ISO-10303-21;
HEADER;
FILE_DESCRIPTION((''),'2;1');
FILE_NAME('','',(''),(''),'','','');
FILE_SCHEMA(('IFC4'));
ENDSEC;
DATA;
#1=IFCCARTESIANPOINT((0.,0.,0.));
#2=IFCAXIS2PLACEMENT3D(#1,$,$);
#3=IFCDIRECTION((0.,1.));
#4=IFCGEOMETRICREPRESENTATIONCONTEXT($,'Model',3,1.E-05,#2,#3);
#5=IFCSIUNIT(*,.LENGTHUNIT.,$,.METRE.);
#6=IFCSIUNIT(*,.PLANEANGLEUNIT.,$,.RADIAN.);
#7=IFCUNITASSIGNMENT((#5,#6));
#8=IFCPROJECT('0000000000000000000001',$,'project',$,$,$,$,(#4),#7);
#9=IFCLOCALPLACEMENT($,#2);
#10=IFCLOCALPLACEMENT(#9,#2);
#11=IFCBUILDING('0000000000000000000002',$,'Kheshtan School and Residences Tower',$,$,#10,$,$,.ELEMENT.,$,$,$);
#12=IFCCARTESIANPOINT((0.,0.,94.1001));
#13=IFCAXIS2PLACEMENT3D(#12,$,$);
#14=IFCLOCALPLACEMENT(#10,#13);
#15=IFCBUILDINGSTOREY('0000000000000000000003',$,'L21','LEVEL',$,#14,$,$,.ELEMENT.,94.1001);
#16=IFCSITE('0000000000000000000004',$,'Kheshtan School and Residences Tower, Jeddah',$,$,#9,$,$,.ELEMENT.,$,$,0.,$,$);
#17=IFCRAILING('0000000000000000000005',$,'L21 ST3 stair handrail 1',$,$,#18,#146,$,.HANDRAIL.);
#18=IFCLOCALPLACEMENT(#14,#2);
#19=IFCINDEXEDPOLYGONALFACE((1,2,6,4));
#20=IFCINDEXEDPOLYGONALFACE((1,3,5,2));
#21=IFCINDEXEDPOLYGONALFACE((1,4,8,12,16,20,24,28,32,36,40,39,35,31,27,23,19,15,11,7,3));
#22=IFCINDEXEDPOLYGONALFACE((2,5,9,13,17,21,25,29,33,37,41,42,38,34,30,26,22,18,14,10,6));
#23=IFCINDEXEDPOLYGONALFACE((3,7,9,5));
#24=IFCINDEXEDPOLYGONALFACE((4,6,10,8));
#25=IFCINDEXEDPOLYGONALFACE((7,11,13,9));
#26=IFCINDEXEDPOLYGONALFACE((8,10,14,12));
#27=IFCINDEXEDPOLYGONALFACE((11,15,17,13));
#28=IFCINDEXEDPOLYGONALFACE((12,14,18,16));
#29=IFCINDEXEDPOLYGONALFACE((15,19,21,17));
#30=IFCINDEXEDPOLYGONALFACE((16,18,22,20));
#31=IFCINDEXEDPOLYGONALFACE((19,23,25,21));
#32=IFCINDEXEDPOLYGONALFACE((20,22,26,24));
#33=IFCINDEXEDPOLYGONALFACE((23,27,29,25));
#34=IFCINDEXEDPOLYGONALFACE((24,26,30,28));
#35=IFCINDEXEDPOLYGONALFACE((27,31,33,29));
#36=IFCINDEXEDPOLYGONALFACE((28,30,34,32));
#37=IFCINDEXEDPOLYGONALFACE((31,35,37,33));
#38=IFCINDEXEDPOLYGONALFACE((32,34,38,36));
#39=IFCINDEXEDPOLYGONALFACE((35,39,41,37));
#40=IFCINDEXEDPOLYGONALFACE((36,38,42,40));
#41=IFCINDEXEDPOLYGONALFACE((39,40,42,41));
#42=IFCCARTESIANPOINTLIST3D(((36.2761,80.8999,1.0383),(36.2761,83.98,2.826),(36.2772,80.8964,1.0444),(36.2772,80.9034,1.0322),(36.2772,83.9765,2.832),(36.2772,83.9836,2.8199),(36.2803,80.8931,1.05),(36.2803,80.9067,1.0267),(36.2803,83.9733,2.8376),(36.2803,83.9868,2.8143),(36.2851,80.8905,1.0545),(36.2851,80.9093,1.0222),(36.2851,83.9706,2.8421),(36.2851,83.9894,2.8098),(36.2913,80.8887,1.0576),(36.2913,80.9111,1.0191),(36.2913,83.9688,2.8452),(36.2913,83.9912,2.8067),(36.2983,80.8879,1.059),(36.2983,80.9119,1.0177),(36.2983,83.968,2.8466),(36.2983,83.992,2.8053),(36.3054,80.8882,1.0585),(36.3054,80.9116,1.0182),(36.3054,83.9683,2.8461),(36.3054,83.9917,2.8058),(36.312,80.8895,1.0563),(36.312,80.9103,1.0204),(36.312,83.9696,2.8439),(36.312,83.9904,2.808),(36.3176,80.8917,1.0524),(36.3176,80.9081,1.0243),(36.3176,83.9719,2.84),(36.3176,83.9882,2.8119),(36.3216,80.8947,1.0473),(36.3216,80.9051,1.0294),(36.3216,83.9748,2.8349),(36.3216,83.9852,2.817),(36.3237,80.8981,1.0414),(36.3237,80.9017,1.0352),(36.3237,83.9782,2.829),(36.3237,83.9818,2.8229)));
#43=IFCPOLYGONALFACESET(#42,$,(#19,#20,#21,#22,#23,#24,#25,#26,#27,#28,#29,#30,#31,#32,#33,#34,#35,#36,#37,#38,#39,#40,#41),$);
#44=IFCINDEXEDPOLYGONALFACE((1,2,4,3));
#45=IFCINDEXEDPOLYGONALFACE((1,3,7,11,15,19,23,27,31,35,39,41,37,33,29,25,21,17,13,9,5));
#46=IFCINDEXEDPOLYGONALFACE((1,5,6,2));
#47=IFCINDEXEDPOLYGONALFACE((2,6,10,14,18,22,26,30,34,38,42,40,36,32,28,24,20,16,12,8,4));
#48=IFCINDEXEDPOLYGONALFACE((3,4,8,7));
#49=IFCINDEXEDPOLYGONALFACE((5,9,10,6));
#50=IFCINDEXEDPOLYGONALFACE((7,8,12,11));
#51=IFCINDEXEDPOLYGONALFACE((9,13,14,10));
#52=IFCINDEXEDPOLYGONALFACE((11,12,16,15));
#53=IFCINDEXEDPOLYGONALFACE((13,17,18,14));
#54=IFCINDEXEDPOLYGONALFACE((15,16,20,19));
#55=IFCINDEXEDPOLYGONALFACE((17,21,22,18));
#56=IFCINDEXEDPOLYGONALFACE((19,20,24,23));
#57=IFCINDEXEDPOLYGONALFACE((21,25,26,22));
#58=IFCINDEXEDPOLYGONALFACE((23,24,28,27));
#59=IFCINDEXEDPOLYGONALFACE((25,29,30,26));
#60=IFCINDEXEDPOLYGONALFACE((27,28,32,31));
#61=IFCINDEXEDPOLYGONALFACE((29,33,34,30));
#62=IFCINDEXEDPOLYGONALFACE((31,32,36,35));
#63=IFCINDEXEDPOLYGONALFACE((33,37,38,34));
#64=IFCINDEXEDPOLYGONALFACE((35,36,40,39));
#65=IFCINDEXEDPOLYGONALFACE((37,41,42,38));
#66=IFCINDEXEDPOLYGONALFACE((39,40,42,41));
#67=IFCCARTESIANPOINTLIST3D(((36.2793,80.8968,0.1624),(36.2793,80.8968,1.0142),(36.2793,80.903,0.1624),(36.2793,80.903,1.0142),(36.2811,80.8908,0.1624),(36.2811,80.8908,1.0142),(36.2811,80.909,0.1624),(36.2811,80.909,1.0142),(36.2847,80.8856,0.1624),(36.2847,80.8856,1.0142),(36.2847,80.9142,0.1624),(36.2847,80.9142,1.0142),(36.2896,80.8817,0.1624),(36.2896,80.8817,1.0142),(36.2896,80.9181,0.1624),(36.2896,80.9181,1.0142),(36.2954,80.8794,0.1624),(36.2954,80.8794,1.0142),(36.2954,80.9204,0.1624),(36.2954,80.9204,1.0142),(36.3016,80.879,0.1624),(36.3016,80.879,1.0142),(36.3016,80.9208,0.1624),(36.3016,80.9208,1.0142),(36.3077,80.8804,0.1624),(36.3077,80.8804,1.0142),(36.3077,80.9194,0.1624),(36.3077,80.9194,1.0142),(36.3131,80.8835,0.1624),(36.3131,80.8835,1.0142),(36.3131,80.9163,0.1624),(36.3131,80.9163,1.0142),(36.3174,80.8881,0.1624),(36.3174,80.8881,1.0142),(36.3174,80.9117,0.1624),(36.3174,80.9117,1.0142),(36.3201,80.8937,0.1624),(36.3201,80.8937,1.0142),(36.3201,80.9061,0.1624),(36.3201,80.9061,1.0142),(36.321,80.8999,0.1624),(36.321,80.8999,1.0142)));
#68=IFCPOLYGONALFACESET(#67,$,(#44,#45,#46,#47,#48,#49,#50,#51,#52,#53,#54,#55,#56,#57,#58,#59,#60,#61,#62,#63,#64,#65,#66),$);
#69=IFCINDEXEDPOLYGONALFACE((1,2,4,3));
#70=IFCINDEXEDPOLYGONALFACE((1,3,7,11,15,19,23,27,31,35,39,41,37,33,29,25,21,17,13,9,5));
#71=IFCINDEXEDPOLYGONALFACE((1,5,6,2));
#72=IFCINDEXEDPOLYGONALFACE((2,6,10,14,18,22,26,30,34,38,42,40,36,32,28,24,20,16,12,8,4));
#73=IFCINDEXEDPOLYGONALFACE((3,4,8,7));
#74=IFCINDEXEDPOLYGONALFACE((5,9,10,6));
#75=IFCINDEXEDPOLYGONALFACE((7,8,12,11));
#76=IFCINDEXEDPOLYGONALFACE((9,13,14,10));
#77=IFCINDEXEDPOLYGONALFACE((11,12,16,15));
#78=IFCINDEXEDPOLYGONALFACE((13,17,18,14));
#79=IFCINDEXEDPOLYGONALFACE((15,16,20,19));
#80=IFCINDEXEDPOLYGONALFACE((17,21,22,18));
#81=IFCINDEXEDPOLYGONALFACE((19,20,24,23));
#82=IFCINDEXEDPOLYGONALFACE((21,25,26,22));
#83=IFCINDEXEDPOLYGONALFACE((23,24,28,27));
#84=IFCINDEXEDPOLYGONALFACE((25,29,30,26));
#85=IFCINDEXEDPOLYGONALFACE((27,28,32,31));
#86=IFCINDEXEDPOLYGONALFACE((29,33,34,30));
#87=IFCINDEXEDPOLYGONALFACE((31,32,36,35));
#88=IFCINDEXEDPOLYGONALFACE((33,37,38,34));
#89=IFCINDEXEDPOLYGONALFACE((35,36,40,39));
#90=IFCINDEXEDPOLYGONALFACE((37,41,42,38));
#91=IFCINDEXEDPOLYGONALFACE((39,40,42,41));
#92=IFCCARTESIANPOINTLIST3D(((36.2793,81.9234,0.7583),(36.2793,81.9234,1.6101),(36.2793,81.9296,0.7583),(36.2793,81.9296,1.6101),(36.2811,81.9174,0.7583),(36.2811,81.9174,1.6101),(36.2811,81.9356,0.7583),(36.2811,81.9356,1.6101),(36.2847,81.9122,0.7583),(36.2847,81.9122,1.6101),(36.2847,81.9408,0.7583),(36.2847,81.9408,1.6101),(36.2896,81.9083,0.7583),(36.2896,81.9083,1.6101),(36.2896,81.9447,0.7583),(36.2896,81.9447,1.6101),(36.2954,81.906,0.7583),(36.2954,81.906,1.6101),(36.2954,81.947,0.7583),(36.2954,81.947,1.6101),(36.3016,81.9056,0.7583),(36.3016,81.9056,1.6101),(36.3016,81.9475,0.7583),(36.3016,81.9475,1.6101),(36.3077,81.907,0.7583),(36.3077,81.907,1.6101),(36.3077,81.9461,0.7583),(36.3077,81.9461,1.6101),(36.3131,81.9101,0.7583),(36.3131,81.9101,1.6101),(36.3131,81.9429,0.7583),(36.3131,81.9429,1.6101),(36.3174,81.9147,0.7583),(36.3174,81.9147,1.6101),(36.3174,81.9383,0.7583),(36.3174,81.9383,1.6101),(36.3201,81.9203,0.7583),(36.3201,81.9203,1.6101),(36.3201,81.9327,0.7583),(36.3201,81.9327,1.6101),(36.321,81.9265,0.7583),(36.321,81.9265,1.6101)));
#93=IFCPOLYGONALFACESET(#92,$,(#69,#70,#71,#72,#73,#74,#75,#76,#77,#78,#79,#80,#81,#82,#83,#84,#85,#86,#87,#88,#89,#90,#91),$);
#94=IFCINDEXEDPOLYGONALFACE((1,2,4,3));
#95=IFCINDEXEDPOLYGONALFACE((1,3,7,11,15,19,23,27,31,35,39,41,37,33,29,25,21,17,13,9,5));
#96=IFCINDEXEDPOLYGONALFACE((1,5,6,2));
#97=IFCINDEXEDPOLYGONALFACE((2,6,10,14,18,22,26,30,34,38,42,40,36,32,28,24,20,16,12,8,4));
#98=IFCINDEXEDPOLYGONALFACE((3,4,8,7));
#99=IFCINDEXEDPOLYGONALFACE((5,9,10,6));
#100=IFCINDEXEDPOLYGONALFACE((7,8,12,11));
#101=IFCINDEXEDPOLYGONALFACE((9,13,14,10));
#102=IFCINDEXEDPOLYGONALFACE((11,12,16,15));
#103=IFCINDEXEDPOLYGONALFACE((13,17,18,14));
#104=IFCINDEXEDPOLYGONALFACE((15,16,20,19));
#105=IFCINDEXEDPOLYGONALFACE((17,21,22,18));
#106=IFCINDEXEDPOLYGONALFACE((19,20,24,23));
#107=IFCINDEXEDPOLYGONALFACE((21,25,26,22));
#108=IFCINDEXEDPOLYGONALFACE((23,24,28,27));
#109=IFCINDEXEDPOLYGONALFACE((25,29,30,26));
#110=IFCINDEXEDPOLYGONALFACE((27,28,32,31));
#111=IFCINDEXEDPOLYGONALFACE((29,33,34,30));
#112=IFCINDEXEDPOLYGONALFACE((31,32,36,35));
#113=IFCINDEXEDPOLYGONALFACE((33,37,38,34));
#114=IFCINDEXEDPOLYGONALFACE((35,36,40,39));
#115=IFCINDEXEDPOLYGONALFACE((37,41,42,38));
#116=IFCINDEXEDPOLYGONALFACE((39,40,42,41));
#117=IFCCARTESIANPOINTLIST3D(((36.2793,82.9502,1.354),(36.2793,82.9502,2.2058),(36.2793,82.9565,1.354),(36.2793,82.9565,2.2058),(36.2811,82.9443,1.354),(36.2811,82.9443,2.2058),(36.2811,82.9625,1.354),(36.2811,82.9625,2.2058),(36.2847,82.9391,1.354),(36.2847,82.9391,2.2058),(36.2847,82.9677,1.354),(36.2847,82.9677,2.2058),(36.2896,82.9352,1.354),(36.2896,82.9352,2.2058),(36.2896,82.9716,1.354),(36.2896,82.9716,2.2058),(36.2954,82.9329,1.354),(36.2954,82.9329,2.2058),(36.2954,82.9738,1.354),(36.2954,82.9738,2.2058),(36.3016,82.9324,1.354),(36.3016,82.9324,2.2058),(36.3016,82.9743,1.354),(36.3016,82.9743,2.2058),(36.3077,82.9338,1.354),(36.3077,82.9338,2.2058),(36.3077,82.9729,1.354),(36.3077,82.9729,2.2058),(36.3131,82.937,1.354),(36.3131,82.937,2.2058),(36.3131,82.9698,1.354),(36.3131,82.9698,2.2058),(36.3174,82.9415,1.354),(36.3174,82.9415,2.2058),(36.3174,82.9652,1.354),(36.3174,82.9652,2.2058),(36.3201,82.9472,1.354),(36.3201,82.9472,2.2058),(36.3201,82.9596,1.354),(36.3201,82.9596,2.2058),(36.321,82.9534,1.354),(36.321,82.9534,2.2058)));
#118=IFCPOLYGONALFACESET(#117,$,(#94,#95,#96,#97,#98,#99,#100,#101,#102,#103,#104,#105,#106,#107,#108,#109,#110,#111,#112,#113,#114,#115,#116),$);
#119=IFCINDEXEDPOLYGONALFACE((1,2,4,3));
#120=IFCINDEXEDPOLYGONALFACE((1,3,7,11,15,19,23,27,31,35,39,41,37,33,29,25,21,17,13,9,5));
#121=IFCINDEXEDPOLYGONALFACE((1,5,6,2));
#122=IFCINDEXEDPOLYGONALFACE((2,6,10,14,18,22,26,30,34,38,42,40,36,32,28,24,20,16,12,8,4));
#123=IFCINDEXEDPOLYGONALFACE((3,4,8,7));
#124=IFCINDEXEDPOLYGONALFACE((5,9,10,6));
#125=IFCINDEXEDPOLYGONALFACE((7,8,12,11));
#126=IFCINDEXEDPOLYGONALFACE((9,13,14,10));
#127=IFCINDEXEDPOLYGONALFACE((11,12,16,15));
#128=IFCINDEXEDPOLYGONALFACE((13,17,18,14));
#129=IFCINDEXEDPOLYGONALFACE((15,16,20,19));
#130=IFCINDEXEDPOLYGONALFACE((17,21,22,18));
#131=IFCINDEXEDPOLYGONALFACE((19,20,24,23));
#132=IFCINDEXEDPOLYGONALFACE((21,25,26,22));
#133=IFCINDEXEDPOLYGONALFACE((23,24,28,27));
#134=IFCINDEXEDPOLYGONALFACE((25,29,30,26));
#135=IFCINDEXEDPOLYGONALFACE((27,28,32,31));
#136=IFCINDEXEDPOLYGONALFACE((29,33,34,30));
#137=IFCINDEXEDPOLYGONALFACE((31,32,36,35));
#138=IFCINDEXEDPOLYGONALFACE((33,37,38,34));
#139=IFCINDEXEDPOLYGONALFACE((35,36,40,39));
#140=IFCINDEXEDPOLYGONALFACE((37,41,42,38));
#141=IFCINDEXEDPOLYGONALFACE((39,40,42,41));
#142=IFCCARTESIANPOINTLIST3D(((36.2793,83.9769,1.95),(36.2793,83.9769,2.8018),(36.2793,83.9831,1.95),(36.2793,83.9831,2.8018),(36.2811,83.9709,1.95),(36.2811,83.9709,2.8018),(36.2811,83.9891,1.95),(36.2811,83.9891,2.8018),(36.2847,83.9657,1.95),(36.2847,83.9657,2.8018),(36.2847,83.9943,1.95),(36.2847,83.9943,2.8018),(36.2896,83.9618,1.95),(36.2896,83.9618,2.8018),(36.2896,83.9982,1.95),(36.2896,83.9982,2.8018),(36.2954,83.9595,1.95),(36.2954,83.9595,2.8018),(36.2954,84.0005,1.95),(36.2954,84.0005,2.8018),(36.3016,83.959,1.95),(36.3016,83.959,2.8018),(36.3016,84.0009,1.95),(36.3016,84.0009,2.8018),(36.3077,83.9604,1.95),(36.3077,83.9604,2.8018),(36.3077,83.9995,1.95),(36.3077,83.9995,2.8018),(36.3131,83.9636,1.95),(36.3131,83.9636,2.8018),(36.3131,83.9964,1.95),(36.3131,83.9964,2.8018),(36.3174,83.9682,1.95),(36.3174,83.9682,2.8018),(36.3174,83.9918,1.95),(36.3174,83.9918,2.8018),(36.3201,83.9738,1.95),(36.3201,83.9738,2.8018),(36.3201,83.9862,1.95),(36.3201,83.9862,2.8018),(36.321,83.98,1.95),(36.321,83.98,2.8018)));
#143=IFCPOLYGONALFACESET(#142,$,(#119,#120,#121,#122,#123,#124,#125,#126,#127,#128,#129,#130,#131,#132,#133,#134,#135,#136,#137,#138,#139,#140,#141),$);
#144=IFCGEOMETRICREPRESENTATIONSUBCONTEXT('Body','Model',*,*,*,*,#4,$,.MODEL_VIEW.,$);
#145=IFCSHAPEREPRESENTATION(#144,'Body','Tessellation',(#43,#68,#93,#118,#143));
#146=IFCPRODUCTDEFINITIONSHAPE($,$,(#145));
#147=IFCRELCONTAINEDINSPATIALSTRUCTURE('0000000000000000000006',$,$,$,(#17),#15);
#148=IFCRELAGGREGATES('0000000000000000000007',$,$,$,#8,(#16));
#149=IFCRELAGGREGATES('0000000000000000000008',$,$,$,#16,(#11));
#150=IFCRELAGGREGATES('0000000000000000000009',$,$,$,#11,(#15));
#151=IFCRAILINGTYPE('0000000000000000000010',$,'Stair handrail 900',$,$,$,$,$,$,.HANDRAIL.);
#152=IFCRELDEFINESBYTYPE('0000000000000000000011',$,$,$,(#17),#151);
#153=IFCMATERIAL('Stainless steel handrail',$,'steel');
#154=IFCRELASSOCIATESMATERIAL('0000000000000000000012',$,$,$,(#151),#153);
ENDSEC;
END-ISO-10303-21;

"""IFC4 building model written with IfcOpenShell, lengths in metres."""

from ifc_helpers import new_model, si_unit, direction, frame, origin, origin_2d, place, context, subcontext, project, spatial, circle, extrude, material, type_object, element, save


model = new_model("IFC4")

# Units and contexts
model_context = context("Model", 3, precision=1e-05, world=origin(), true_north=direction((0.0, 1.0)))
body_context = subcontext(model_context, "Body", "Model", "MODEL_VIEW")
ifc_project = project(units=[si_unit("LENGTHUNIT", "METRE"), si_unit("PLANEANGLEUNIT", "RADIAN")], contexts=[model_context])

# Site, building, storey
site_placement = place(None, origin())
site = spatial("IfcSite", under=ifc_project, at=site_placement, Name="Kheshtan School and Residences Tower, Jeddah", CompositionType="ELEMENT", RefElevation=0.0)
building_placement = place(site_placement, origin())
building = spatial("IfcBuilding", under=site, at=building_placement, Name="Kheshtan School and Residences Tower", CompositionType="ELEMENT")
storey_placement = place(building_placement, frame((0.0, 0.0, 94.1001)))
storey = spatial("IfcBuildingStorey", under=building, at=storey_placement, Name="L21", Description="LEVEL", CompositionType="ELEMENT", Elevation=94.1001)

# Railing
ifc_material_1 = material(Name="Stainless steel handrail", Category="steel")
railing_type_1 = type_object("IfcRailingType", Name="Stair handrail 900", PredefinedType="HANDRAIL", material=ifc_material_1)
railing_1_placement = place(storey_placement, frame((36.3, 80.8999, 0.1624)))
element("IfcRailing", 1, at=railing_1_placement, inside=storey, type_object=railing_type_1, Name="L21 ST3 stair handrail 1", PredefinedType="HANDRAIL", context=body_context, shape_type="SweptSolid", body=[
    extrude(circle(Radius=0.0239, at=origin_2d()), frame((0.0, 0.0, 0.876), z_axis=(0.0, 0.864891, 0.50196), x_axis=(-1.0, 0.0, 0.0)), (0.0, 0.0, 1.0), 3.5613),
    extrude(circle(Radius=0.021, at=origin_2d()), origin(), (0.0, 0.0, 1.0), 0.8518),
    extrude(circle(Radius=0.021, at=origin_2d()), frame((0.0, 1.0266, 0.5959)), (0.0, 0.0, 1.0), 0.8518),
    extrude(circle(Radius=0.021, at=origin_2d()), frame((0.0, 2.0535, 1.1917)), (0.0, 0.0, 1.0), 0.8518),
    extrude(circle(Radius=0.021, at=origin_2d()), frame((0.0, 3.0801, 1.7876)), (0.0, 0.0, 1.0), 0.8518),
])

save(model, "model.ifc")
